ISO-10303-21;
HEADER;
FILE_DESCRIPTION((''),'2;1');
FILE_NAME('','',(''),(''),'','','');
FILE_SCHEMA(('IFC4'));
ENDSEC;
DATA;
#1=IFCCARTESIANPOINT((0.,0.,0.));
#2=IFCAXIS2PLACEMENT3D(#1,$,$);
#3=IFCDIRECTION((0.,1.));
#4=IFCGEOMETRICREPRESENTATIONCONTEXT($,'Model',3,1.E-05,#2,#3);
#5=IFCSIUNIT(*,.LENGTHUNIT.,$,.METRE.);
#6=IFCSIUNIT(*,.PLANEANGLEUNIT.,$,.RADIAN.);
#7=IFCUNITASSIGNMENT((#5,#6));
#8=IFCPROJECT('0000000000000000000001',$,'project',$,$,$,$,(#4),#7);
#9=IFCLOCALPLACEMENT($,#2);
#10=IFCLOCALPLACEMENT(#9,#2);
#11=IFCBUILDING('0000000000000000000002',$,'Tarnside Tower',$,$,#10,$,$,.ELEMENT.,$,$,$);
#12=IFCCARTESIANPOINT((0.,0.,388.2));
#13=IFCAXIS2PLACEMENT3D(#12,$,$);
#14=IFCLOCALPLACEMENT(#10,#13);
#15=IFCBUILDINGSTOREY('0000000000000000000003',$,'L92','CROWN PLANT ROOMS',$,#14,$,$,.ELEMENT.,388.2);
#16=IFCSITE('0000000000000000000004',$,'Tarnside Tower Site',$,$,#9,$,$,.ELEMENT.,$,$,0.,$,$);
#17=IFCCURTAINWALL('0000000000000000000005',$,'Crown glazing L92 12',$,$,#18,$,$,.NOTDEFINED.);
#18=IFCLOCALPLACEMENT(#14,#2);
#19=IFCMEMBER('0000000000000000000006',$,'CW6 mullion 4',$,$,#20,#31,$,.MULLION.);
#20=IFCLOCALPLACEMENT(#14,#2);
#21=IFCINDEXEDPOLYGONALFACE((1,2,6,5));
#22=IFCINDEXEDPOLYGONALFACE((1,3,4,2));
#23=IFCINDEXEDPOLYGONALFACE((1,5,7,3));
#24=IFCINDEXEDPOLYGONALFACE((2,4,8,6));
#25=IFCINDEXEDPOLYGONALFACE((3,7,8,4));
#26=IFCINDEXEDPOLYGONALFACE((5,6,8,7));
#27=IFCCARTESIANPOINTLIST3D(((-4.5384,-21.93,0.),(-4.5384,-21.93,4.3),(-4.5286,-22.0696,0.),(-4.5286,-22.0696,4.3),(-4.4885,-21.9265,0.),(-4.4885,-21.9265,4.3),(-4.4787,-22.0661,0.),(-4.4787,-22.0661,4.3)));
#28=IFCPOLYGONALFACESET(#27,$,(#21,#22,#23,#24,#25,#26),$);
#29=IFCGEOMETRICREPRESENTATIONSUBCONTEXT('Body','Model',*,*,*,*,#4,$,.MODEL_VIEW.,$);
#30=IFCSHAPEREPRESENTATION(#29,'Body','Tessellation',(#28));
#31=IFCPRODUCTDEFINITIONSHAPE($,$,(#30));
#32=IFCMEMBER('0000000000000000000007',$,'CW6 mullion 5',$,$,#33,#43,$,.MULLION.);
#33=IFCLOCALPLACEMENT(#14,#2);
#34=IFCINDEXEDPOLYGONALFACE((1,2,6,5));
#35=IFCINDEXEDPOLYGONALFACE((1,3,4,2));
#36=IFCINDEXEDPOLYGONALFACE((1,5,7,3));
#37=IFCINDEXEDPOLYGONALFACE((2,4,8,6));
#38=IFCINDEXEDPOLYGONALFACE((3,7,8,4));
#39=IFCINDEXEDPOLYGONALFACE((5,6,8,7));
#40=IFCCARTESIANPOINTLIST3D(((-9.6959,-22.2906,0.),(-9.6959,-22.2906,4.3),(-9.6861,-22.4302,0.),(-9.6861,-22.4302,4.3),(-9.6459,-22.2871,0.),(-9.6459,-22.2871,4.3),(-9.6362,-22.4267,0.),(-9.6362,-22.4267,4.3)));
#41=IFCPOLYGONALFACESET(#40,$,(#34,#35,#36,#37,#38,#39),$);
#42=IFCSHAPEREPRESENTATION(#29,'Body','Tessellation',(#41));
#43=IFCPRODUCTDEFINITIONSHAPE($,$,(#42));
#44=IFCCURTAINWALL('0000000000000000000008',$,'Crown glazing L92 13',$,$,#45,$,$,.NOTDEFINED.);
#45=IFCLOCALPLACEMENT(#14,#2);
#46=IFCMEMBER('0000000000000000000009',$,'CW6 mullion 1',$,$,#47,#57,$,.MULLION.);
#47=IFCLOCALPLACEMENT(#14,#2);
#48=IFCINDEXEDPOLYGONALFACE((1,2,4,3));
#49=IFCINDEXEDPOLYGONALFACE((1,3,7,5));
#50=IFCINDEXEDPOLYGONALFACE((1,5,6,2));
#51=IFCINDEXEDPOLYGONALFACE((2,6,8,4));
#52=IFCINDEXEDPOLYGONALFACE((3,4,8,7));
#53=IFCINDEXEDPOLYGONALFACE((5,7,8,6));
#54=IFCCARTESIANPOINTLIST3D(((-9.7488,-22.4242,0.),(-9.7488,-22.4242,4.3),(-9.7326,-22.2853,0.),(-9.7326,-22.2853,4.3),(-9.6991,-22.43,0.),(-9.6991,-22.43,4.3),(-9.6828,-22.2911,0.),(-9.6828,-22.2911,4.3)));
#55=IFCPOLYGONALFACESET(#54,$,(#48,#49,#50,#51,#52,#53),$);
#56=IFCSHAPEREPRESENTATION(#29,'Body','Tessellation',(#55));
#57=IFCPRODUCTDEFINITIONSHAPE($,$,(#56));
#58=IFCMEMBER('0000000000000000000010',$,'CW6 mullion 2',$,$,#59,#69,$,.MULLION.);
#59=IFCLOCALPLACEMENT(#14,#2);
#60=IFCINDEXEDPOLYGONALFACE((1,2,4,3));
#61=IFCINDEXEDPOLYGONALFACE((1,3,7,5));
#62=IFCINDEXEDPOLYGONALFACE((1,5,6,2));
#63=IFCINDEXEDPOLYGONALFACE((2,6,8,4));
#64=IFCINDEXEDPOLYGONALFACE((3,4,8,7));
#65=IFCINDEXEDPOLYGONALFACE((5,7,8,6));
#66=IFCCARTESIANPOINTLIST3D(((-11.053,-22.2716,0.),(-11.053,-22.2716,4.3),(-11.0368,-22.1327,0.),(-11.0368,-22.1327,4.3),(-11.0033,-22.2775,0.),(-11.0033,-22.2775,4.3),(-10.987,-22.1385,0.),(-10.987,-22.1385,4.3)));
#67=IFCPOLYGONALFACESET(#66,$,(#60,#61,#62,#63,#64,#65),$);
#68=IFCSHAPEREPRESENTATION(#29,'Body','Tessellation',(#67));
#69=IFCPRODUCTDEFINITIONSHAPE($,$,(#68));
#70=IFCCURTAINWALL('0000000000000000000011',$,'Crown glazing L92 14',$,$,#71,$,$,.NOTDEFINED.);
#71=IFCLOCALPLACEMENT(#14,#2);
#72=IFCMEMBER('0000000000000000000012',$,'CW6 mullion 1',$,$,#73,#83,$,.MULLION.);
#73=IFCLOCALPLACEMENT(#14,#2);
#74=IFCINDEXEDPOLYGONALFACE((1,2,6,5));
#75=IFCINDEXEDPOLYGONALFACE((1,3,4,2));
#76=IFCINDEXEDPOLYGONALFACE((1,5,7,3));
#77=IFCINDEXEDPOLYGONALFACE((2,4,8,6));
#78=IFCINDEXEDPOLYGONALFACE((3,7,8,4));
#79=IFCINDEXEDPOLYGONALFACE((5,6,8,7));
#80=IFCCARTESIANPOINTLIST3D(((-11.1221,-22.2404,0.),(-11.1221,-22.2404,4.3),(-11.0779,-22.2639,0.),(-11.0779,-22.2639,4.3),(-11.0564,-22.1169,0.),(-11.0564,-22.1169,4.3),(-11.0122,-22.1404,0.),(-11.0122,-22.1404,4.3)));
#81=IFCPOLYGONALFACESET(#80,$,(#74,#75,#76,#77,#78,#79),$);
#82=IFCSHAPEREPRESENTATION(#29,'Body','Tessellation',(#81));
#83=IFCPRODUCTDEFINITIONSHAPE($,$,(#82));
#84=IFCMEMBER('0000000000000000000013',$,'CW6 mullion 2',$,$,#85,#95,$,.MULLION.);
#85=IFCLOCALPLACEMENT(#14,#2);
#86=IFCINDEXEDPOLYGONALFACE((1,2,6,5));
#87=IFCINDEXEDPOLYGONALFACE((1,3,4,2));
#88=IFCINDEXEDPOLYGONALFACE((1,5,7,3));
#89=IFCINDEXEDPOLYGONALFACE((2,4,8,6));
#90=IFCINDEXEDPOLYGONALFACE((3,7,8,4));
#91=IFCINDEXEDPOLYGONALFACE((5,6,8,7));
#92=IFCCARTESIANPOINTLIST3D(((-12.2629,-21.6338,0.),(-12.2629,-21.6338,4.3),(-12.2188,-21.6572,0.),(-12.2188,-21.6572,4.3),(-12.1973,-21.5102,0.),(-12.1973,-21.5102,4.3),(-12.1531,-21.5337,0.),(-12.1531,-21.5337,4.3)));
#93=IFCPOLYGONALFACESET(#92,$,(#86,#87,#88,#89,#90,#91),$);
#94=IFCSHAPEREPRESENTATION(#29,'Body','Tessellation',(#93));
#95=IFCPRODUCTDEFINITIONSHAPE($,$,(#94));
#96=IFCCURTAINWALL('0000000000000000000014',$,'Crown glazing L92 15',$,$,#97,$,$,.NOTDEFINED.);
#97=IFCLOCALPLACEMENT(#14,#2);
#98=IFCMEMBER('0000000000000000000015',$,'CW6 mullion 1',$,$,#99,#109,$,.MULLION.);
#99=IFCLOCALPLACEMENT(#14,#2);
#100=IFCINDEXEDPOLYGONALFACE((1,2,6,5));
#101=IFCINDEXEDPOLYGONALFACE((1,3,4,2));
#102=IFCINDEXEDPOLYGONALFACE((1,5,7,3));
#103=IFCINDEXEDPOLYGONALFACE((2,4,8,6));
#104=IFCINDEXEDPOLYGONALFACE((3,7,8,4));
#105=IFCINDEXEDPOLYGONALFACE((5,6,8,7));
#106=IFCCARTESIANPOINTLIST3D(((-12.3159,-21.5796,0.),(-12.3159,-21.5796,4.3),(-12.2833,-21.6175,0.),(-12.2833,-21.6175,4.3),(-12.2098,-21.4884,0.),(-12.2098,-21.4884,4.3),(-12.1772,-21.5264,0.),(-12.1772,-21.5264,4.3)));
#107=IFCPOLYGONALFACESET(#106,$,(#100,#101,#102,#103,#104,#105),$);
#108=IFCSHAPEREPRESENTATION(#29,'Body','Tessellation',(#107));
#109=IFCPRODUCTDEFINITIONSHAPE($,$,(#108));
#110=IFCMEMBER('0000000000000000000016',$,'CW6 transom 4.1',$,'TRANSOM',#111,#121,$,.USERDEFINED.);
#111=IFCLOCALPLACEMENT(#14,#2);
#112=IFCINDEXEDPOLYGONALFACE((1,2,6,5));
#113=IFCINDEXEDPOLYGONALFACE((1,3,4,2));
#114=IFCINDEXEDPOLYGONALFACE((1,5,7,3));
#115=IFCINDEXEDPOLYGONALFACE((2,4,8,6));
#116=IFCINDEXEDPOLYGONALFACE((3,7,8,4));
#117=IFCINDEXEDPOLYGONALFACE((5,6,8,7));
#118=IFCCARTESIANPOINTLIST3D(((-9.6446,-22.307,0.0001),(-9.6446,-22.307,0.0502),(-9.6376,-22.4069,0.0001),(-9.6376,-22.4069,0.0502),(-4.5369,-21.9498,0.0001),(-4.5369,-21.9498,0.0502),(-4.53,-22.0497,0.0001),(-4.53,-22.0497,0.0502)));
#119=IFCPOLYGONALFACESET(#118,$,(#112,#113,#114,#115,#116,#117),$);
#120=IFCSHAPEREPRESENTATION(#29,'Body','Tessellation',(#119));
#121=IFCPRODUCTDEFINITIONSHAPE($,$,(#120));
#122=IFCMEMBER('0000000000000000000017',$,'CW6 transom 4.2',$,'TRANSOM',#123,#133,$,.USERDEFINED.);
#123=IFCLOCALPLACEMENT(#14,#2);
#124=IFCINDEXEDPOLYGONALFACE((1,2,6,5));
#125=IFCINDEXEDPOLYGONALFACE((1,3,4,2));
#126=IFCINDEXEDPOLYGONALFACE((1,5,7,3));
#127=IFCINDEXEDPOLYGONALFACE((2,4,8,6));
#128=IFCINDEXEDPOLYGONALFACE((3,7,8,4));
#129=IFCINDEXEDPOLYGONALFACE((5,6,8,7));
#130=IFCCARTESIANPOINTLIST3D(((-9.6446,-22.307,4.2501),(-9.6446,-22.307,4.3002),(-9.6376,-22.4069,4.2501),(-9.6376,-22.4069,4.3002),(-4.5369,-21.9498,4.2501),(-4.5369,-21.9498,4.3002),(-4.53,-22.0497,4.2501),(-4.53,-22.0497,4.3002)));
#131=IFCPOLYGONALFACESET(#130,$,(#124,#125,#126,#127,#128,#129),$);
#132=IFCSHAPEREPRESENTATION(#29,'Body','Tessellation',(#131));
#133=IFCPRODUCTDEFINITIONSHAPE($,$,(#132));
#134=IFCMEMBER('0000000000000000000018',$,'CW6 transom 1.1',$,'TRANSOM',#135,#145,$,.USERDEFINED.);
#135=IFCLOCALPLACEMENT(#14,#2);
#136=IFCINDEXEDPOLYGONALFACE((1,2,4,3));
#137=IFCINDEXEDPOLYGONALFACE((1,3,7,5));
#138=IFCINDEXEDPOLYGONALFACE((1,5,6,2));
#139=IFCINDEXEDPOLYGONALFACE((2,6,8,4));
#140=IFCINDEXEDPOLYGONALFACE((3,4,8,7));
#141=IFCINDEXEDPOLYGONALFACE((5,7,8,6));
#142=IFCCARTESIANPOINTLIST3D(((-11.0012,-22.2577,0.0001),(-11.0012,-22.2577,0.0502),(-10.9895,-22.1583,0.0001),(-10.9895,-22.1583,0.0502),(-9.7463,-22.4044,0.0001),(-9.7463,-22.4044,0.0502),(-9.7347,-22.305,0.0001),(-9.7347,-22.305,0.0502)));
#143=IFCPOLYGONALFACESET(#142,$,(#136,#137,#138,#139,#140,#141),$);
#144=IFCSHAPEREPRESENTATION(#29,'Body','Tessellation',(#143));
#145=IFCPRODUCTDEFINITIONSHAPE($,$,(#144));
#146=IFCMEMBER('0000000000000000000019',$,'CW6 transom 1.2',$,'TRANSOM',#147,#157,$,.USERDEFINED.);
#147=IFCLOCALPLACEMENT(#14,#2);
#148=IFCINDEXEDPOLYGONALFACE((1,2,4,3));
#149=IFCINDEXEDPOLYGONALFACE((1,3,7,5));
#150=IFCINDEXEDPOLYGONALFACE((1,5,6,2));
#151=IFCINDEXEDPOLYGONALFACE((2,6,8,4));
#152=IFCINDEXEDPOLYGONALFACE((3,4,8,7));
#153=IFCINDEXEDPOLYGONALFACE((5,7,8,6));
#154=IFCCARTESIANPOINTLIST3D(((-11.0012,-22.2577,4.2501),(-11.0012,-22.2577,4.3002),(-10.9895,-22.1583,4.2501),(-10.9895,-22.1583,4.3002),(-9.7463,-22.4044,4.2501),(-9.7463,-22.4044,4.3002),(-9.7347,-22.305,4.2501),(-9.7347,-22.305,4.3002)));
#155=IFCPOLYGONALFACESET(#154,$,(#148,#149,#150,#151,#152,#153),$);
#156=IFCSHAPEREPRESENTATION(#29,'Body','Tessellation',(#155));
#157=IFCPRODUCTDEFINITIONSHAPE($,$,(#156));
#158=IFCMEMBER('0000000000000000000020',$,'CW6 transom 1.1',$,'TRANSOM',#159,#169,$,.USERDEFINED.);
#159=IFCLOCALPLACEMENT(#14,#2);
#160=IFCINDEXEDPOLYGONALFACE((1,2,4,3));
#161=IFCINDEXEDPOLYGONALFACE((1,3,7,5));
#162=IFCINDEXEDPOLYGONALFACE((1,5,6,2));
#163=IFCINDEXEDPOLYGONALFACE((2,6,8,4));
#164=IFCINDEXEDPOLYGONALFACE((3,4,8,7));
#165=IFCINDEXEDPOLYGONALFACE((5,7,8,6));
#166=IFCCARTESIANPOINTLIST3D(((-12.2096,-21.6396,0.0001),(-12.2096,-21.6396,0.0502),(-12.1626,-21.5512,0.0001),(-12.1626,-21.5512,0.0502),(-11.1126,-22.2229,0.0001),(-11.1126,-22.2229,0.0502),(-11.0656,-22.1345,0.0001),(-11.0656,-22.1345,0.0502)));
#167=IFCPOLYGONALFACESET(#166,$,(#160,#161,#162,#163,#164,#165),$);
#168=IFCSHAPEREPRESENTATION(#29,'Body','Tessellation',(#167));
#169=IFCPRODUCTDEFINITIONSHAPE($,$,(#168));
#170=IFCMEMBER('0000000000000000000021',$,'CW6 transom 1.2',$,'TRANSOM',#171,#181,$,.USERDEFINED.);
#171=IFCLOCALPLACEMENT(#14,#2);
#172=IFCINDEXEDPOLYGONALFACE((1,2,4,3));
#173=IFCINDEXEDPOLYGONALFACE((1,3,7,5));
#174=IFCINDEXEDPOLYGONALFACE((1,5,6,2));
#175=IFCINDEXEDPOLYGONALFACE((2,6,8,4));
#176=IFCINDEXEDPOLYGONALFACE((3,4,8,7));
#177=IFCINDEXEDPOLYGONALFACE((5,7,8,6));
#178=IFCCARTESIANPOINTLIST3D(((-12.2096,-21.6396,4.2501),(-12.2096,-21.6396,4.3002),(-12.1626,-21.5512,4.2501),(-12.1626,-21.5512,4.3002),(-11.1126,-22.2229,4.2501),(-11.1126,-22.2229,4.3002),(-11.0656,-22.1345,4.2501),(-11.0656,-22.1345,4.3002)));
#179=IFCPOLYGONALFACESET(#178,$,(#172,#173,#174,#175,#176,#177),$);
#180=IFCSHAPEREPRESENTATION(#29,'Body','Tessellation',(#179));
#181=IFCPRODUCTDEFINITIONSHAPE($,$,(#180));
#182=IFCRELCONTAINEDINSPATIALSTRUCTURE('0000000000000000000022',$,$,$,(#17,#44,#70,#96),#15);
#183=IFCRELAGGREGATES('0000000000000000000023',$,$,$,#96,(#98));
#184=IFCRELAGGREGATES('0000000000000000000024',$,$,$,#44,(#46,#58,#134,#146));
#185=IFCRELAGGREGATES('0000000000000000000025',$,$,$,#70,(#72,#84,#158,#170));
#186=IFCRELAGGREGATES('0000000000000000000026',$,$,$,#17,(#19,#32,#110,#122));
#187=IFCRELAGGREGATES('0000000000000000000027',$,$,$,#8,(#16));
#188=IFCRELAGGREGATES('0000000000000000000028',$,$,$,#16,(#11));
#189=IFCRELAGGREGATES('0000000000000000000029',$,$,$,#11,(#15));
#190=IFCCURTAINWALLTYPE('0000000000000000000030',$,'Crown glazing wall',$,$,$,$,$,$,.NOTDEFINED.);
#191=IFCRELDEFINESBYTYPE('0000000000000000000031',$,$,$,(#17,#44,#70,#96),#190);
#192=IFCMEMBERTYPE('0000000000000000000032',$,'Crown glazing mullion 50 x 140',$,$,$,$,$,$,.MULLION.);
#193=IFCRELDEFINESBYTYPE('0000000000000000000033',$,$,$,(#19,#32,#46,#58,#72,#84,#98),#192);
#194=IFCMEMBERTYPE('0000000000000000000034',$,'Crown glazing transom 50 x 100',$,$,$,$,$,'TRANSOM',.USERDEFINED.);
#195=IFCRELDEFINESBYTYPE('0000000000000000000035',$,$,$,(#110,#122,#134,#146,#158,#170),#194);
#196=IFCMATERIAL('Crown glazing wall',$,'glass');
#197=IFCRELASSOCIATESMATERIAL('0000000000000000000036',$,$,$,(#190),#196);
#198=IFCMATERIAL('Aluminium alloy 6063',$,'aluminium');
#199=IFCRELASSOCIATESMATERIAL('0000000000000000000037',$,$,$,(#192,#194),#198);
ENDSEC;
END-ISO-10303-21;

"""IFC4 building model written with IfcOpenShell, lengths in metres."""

from ifc_helpers import new_model, si_unit, direction, frame, origin, origin_2d, place, context, subcontext, project, spatial, rectangle, extrude, material, material_profile, profile_set, type_object, element, aggregate, save


model = new_model("IFC4")

# Units and contexts
model_context = context("Model", 3, precision=1e-05, world=origin(), true_north=direction((0.0, 1.0)))
body_context = subcontext(model_context, "Body", "Model", "MODEL_VIEW")
ifc_project = project(units=[si_unit("LENGTHUNIT", "METRE"), si_unit("PLANEANGLEUNIT", "RADIAN")], contexts=[model_context])

# Site, building, storey
site_placement = place(None, origin())
site = spatial("IfcSite", under=ifc_project, at=site_placement, Name="Tarnside Tower Site", CompositionType="ELEMENT", RefElevation=0.0)
building_placement = place(site_placement, origin())
building = spatial("IfcBuilding", under=site, at=building_placement, Name="Tarnside Tower", CompositionType="ELEMENT")
storey_placement = place(building_placement, frame((0.0, 0.0, 388.2)))
storey = spatial("IfcBuildingStorey", under=building, at=storey_placement, Name="L92", Description="CROWN PLANT ROOMS", CompositionType="ELEMENT", Elevation=388.2)

# Curtain walls, members
ifc_material_1 = material(Name="Crown glazing wall", Category="glass")
curtain_wall_type = type_object("IfcCurtainWallType", Name="Crown glazing wall", PredefinedType="NOTDEFINED", material=ifc_material_1)
curtain_wall_1_placement = place(storey_placement, origin())
curtain_wall_1 = element("IfcCurtainWall", 1, at=curtain_wall_1_placement, inside=storey, type_object=curtain_wall_type, Name="Crown glazing L92 12", PredefinedType="NOTDEFINED")
ifc_material_2 = material(Name="Aluminium alloy 6063", Category="aluminium")
ifc_material_profile_1 = material_profile(ifc_material_2, rectangle(XDim=0.1399, YDim=0.05, at=origin_2d()), Name="Crown glazing mullion 50 x 140")
ifc_profile_set_1 = profile_set([ifc_material_profile_1], Name="Aluminium alloy 6063")
member_type_1 = type_object("IfcMemberType", Name="Crown glazing mullion 50 x 140", PredefinedType="MULLION", material=ifc_profile_set_1)
member_1_placement = place(storey_placement, frame((-4.5085, -21.998, 0.0), z_axis=(0.0, 0.0, 1.0), x_axis=(0.069756, -0.997564, 0.0)))
member_1 = element("IfcMember", 2, at=member_1_placement, type_object=member_type_1, Name="CW6 mullion 4", PredefinedType="MULLION", context=body_context, shape_type="SweptSolid", body=[
    extrude(rectangle(XDim=0.1399, YDim=0.05, at=origin_2d()), origin(), (0.0, 0.0, 1.0), 4.3),
])
member_2_placement = place(storey_placement, frame((-9.666, -22.3586, 0.0), z_axis=(0.0, 0.0, 1.0), x_axis=(0.069756, -0.997564, 0.0)))
member_2 = element("IfcMember", 3, at=member_2_placement, type_object=member_type_1, Name="CW6 mullion 5", PredefinedType="MULLION", context=body_context, shape_type="SweptSolid", body=[
    extrude(rectangle(XDim=0.1399, YDim=0.05, at=origin_2d()), origin(), (0.0, 0.0, 1.0), 4.3),
])
curtain_wall_2_placement = place(storey_placement, origin())
curtain_wall_2 = element("IfcCurtainWall", 4, at=curtain_wall_2_placement, inside=storey, type_object=curtain_wall_type, Name="Crown glazing L92 13", PredefinedType="NOTDEFINED")
member_3_placement = place(storey_placement, frame((-9.7158, -22.3577, 0.0), z_axis=(0.0, 0.0, 1.0), x_axis=(-0.116093, -0.993238, 0.0)))
member_3 = element("IfcMember", 5, at=member_3_placement, type_object=member_type_1, Name="CW6 mullion 1", PredefinedType="MULLION", context=body_context, shape_type="SweptSolid", body=[
    extrude(rectangle(XDim=0.1399, YDim=0.05, at=origin_2d()), origin(), (0.0, 0.0, 1.0), 4.3),
])
member_4_placement = place(storey_placement, frame((-11.02, -22.2051, 0.0), z_axis=(0.0, 0.0, 1.0), x_axis=(-0.116093, -0.993238, 0.0)))
member_4 = element("IfcMember", 6, at=member_4_placement, type_object=member_type_1, Name="CW6 mullion 2", PredefinedType="MULLION", context=body_context, shape_type="SweptSolid", body=[
    extrude(rectangle(XDim=0.1399, YDim=0.05, at=origin_2d()), origin(), (0.0, 0.0, 1.0), 4.3),
])
curtain_wall_3_placement = place(storey_placement, origin())
curtain_wall_3 = element("IfcCurtainWall", 7, at=curtain_wall_3_placement, inside=storey, type_object=curtain_wall_type, Name="Crown glazing L92 14", PredefinedType="NOTDEFINED")
member_5_placement = place(storey_placement, frame((-11.0671, -22.1904, 0.0), z_axis=(0.0, 0.0, 1.0), x_axis=(-0.469472, -0.882948, 0.0)))
member_5 = element("IfcMember", 8, at=member_5_placement, type_object=member_type_1, Name="CW6 mullion 1", PredefinedType="MULLION", context=body_context, shape_type="SweptSolid", body=[
    extrude(rectangle(XDim=0.1399, YDim=0.05, at=origin_2d()), origin(), (0.0, 0.0, 1.0), 4.3),
])
member_6_placement = place(storey_placement, frame((-12.208, -21.5837, 0.0), z_axis=(0.0, 0.0, 1.0), x_axis=(-0.469472, -0.882948, 0.0)))
member_6 = element("IfcMember", 9, at=member_6_placement, type_object=member_type_1, Name="CW6 mullion 2", PredefinedType="MULLION", context=body_context, shape_type="SweptSolid", body=[
    extrude(rectangle(XDim=0.1399, YDim=0.05, at=origin_2d()), origin(), (0.0, 0.0, 1.0), 4.3),
])

# Curtain wall, member
curtain_wall_4_placement = place(storey_placement, origin())
curtain_wall_4 = element("IfcCurtainWall", 10, at=curtain_wall_4_placement, inside=storey, type_object=curtain_wall_type, Name="Crown glazing L92 15", PredefinedType="NOTDEFINED")
member_7_placement = place(storey_placement, frame((-12.2466, -21.553, 0.0), z_axis=(0.0, 0.0, 1.0), x_axis=(-0.758514, -0.651657, 0.0)))
member_7 = element("IfcMember", 11, at=member_7_placement, type_object=member_type_1, Name="CW6 mullion 1", PredefinedType="MULLION", context=body_context, shape_type="SweptSolid", body=[
    extrude(rectangle(XDim=0.1399, YDim=0.05, at=origin_2d()), origin(), (0.0, 0.0, 1.0), 4.3),
])
aggregate(curtain_wall_4, [member_7])

# Members
ifc_material_profile_2 = material_profile(ifc_material_2, rectangle(XDim=0.1001, YDim=0.05, at=origin_2d()), Name="Crown glazing transom 50 x 100")
ifc_profile_set_2 = profile_set([ifc_material_profile_2], Name="Aluminium alloy 6063")
member_type_2 = type_object("IfcMemberType", Name="Crown glazing transom 50 x 100", ElementType="TRANSOM", PredefinedType="USERDEFINED", material=ifc_profile_set_2)
member_8_placement = place(storey_placement, frame((-4.5334, -21.9998, 0.0251), z_axis=(-0.997564, -0.069759, 0.0), x_axis=(0.069759, -0.997564, 0.0)))
member_8 = element("IfcMember", 12, at=member_8_placement, type_object=member_type_2, Name="CW6 transom 4.1", ObjectType="TRANSOM", PredefinedType="USERDEFINED", context=body_context, shape_type="SweptSolid", body=[
    extrude(rectangle(XDim=0.1001, YDim=0.05, at=origin_2d()), origin(), (0.0, 0.0, 1.0), 5.1201),
])
member_9_placement = place(storey_placement, frame((-4.5334, -21.9998, 4.2751), z_axis=(-0.997564, -0.069759, 0.0), x_axis=(0.069759, -0.997564, 0.0)))
member_9 = element("IfcMember", 13, at=member_9_placement, type_object=member_type_2, Name="CW6 transom 4.2", ObjectType="TRANSOM", PredefinedType="USERDEFINED", context=body_context, shape_type="SweptSolid", body=[
    extrude(rectangle(XDim=0.1001, YDim=0.05, at=origin_2d()), origin(), (0.0, 0.0, 1.0), 5.1201),
])
member_10_placement = place(storey_placement, frame((-9.7405, -22.3547, 0.0251), z_axis=(-0.993233, 0.116135, 0.0), x_axis=(-0.116135, -0.993233, 0.0)))
member_10 = element("IfcMember", 14, at=member_10_placement, type_object=member_type_2, Name="CW6 transom 1.1", ObjectType="TRANSOM", PredefinedType="USERDEFINED", context=body_context, shape_type="SweptSolid", body=[
    extrude(rectangle(XDim=0.1001, YDim=0.05, at=origin_2d()), origin(), (0.0, 0.0, 1.0), 1.2634),
])
member_11_placement = place(storey_placement, frame((-9.7405, -22.3547, 4.2751), z_axis=(-0.993233, 0.116135, 0.0), x_axis=(-0.116135, -0.993233, 0.0)))
member_11 = element("IfcMember", 15, at=member_11_placement, type_object=member_type_2, Name="CW6 transom 1.2", ObjectType="TRANSOM", PredefinedType="USERDEFINED", context=body_context, shape_type="SweptSolid", body=[
    extrude(rectangle(XDim=0.1001, YDim=0.05, at=origin_2d()), origin(), (0.0, 0.0, 1.0), 1.2634),
])
member_12_placement = place(storey_placement, frame((-11.0891, -22.1787, 0.0251), z_axis=(-0.882945, 0.469476, 0.0), x_axis=(-0.469476, -0.882945, 0.0)))
member_12 = element("IfcMember", 16, at=member_12_placement, type_object=member_type_2, Name="CW6 transom 1.1", ObjectType="TRANSOM", PredefinedType="USERDEFINED", context=body_context, shape_type="SweptSolid", body=[
    extrude(rectangle(XDim=0.1001, YDim=0.05, at=origin_2d()), origin(), (0.0, 0.0, 1.0), 1.2424),
])
member_13_placement = place(storey_placement, frame((-11.0891, -22.1787, 4.2751), z_axis=(-0.882945, 0.469476, 0.0), x_axis=(-0.469476, -0.882945, 0.0)))
member_13 = element("IfcMember", 17, at=member_13_placement, type_object=member_type_2, Name="CW6 transom 1.2", ObjectType="TRANSOM", PredefinedType="USERDEFINED", context=body_context, shape_type="SweptSolid", body=[
    extrude(rectangle(XDim=0.1001, YDim=0.05, at=origin_2d()), origin(), (0.0, 0.0, 1.0), 1.2424),
])

aggregate(curtain_wall_2, [member_3, member_4, member_10, member_11])
aggregate(curtain_wall_3, [member_5, member_6, member_12, member_13])
aggregate(curtain_wall_1, [member_1, member_2, member_8, member_9])

save(model, "model.ifc")
